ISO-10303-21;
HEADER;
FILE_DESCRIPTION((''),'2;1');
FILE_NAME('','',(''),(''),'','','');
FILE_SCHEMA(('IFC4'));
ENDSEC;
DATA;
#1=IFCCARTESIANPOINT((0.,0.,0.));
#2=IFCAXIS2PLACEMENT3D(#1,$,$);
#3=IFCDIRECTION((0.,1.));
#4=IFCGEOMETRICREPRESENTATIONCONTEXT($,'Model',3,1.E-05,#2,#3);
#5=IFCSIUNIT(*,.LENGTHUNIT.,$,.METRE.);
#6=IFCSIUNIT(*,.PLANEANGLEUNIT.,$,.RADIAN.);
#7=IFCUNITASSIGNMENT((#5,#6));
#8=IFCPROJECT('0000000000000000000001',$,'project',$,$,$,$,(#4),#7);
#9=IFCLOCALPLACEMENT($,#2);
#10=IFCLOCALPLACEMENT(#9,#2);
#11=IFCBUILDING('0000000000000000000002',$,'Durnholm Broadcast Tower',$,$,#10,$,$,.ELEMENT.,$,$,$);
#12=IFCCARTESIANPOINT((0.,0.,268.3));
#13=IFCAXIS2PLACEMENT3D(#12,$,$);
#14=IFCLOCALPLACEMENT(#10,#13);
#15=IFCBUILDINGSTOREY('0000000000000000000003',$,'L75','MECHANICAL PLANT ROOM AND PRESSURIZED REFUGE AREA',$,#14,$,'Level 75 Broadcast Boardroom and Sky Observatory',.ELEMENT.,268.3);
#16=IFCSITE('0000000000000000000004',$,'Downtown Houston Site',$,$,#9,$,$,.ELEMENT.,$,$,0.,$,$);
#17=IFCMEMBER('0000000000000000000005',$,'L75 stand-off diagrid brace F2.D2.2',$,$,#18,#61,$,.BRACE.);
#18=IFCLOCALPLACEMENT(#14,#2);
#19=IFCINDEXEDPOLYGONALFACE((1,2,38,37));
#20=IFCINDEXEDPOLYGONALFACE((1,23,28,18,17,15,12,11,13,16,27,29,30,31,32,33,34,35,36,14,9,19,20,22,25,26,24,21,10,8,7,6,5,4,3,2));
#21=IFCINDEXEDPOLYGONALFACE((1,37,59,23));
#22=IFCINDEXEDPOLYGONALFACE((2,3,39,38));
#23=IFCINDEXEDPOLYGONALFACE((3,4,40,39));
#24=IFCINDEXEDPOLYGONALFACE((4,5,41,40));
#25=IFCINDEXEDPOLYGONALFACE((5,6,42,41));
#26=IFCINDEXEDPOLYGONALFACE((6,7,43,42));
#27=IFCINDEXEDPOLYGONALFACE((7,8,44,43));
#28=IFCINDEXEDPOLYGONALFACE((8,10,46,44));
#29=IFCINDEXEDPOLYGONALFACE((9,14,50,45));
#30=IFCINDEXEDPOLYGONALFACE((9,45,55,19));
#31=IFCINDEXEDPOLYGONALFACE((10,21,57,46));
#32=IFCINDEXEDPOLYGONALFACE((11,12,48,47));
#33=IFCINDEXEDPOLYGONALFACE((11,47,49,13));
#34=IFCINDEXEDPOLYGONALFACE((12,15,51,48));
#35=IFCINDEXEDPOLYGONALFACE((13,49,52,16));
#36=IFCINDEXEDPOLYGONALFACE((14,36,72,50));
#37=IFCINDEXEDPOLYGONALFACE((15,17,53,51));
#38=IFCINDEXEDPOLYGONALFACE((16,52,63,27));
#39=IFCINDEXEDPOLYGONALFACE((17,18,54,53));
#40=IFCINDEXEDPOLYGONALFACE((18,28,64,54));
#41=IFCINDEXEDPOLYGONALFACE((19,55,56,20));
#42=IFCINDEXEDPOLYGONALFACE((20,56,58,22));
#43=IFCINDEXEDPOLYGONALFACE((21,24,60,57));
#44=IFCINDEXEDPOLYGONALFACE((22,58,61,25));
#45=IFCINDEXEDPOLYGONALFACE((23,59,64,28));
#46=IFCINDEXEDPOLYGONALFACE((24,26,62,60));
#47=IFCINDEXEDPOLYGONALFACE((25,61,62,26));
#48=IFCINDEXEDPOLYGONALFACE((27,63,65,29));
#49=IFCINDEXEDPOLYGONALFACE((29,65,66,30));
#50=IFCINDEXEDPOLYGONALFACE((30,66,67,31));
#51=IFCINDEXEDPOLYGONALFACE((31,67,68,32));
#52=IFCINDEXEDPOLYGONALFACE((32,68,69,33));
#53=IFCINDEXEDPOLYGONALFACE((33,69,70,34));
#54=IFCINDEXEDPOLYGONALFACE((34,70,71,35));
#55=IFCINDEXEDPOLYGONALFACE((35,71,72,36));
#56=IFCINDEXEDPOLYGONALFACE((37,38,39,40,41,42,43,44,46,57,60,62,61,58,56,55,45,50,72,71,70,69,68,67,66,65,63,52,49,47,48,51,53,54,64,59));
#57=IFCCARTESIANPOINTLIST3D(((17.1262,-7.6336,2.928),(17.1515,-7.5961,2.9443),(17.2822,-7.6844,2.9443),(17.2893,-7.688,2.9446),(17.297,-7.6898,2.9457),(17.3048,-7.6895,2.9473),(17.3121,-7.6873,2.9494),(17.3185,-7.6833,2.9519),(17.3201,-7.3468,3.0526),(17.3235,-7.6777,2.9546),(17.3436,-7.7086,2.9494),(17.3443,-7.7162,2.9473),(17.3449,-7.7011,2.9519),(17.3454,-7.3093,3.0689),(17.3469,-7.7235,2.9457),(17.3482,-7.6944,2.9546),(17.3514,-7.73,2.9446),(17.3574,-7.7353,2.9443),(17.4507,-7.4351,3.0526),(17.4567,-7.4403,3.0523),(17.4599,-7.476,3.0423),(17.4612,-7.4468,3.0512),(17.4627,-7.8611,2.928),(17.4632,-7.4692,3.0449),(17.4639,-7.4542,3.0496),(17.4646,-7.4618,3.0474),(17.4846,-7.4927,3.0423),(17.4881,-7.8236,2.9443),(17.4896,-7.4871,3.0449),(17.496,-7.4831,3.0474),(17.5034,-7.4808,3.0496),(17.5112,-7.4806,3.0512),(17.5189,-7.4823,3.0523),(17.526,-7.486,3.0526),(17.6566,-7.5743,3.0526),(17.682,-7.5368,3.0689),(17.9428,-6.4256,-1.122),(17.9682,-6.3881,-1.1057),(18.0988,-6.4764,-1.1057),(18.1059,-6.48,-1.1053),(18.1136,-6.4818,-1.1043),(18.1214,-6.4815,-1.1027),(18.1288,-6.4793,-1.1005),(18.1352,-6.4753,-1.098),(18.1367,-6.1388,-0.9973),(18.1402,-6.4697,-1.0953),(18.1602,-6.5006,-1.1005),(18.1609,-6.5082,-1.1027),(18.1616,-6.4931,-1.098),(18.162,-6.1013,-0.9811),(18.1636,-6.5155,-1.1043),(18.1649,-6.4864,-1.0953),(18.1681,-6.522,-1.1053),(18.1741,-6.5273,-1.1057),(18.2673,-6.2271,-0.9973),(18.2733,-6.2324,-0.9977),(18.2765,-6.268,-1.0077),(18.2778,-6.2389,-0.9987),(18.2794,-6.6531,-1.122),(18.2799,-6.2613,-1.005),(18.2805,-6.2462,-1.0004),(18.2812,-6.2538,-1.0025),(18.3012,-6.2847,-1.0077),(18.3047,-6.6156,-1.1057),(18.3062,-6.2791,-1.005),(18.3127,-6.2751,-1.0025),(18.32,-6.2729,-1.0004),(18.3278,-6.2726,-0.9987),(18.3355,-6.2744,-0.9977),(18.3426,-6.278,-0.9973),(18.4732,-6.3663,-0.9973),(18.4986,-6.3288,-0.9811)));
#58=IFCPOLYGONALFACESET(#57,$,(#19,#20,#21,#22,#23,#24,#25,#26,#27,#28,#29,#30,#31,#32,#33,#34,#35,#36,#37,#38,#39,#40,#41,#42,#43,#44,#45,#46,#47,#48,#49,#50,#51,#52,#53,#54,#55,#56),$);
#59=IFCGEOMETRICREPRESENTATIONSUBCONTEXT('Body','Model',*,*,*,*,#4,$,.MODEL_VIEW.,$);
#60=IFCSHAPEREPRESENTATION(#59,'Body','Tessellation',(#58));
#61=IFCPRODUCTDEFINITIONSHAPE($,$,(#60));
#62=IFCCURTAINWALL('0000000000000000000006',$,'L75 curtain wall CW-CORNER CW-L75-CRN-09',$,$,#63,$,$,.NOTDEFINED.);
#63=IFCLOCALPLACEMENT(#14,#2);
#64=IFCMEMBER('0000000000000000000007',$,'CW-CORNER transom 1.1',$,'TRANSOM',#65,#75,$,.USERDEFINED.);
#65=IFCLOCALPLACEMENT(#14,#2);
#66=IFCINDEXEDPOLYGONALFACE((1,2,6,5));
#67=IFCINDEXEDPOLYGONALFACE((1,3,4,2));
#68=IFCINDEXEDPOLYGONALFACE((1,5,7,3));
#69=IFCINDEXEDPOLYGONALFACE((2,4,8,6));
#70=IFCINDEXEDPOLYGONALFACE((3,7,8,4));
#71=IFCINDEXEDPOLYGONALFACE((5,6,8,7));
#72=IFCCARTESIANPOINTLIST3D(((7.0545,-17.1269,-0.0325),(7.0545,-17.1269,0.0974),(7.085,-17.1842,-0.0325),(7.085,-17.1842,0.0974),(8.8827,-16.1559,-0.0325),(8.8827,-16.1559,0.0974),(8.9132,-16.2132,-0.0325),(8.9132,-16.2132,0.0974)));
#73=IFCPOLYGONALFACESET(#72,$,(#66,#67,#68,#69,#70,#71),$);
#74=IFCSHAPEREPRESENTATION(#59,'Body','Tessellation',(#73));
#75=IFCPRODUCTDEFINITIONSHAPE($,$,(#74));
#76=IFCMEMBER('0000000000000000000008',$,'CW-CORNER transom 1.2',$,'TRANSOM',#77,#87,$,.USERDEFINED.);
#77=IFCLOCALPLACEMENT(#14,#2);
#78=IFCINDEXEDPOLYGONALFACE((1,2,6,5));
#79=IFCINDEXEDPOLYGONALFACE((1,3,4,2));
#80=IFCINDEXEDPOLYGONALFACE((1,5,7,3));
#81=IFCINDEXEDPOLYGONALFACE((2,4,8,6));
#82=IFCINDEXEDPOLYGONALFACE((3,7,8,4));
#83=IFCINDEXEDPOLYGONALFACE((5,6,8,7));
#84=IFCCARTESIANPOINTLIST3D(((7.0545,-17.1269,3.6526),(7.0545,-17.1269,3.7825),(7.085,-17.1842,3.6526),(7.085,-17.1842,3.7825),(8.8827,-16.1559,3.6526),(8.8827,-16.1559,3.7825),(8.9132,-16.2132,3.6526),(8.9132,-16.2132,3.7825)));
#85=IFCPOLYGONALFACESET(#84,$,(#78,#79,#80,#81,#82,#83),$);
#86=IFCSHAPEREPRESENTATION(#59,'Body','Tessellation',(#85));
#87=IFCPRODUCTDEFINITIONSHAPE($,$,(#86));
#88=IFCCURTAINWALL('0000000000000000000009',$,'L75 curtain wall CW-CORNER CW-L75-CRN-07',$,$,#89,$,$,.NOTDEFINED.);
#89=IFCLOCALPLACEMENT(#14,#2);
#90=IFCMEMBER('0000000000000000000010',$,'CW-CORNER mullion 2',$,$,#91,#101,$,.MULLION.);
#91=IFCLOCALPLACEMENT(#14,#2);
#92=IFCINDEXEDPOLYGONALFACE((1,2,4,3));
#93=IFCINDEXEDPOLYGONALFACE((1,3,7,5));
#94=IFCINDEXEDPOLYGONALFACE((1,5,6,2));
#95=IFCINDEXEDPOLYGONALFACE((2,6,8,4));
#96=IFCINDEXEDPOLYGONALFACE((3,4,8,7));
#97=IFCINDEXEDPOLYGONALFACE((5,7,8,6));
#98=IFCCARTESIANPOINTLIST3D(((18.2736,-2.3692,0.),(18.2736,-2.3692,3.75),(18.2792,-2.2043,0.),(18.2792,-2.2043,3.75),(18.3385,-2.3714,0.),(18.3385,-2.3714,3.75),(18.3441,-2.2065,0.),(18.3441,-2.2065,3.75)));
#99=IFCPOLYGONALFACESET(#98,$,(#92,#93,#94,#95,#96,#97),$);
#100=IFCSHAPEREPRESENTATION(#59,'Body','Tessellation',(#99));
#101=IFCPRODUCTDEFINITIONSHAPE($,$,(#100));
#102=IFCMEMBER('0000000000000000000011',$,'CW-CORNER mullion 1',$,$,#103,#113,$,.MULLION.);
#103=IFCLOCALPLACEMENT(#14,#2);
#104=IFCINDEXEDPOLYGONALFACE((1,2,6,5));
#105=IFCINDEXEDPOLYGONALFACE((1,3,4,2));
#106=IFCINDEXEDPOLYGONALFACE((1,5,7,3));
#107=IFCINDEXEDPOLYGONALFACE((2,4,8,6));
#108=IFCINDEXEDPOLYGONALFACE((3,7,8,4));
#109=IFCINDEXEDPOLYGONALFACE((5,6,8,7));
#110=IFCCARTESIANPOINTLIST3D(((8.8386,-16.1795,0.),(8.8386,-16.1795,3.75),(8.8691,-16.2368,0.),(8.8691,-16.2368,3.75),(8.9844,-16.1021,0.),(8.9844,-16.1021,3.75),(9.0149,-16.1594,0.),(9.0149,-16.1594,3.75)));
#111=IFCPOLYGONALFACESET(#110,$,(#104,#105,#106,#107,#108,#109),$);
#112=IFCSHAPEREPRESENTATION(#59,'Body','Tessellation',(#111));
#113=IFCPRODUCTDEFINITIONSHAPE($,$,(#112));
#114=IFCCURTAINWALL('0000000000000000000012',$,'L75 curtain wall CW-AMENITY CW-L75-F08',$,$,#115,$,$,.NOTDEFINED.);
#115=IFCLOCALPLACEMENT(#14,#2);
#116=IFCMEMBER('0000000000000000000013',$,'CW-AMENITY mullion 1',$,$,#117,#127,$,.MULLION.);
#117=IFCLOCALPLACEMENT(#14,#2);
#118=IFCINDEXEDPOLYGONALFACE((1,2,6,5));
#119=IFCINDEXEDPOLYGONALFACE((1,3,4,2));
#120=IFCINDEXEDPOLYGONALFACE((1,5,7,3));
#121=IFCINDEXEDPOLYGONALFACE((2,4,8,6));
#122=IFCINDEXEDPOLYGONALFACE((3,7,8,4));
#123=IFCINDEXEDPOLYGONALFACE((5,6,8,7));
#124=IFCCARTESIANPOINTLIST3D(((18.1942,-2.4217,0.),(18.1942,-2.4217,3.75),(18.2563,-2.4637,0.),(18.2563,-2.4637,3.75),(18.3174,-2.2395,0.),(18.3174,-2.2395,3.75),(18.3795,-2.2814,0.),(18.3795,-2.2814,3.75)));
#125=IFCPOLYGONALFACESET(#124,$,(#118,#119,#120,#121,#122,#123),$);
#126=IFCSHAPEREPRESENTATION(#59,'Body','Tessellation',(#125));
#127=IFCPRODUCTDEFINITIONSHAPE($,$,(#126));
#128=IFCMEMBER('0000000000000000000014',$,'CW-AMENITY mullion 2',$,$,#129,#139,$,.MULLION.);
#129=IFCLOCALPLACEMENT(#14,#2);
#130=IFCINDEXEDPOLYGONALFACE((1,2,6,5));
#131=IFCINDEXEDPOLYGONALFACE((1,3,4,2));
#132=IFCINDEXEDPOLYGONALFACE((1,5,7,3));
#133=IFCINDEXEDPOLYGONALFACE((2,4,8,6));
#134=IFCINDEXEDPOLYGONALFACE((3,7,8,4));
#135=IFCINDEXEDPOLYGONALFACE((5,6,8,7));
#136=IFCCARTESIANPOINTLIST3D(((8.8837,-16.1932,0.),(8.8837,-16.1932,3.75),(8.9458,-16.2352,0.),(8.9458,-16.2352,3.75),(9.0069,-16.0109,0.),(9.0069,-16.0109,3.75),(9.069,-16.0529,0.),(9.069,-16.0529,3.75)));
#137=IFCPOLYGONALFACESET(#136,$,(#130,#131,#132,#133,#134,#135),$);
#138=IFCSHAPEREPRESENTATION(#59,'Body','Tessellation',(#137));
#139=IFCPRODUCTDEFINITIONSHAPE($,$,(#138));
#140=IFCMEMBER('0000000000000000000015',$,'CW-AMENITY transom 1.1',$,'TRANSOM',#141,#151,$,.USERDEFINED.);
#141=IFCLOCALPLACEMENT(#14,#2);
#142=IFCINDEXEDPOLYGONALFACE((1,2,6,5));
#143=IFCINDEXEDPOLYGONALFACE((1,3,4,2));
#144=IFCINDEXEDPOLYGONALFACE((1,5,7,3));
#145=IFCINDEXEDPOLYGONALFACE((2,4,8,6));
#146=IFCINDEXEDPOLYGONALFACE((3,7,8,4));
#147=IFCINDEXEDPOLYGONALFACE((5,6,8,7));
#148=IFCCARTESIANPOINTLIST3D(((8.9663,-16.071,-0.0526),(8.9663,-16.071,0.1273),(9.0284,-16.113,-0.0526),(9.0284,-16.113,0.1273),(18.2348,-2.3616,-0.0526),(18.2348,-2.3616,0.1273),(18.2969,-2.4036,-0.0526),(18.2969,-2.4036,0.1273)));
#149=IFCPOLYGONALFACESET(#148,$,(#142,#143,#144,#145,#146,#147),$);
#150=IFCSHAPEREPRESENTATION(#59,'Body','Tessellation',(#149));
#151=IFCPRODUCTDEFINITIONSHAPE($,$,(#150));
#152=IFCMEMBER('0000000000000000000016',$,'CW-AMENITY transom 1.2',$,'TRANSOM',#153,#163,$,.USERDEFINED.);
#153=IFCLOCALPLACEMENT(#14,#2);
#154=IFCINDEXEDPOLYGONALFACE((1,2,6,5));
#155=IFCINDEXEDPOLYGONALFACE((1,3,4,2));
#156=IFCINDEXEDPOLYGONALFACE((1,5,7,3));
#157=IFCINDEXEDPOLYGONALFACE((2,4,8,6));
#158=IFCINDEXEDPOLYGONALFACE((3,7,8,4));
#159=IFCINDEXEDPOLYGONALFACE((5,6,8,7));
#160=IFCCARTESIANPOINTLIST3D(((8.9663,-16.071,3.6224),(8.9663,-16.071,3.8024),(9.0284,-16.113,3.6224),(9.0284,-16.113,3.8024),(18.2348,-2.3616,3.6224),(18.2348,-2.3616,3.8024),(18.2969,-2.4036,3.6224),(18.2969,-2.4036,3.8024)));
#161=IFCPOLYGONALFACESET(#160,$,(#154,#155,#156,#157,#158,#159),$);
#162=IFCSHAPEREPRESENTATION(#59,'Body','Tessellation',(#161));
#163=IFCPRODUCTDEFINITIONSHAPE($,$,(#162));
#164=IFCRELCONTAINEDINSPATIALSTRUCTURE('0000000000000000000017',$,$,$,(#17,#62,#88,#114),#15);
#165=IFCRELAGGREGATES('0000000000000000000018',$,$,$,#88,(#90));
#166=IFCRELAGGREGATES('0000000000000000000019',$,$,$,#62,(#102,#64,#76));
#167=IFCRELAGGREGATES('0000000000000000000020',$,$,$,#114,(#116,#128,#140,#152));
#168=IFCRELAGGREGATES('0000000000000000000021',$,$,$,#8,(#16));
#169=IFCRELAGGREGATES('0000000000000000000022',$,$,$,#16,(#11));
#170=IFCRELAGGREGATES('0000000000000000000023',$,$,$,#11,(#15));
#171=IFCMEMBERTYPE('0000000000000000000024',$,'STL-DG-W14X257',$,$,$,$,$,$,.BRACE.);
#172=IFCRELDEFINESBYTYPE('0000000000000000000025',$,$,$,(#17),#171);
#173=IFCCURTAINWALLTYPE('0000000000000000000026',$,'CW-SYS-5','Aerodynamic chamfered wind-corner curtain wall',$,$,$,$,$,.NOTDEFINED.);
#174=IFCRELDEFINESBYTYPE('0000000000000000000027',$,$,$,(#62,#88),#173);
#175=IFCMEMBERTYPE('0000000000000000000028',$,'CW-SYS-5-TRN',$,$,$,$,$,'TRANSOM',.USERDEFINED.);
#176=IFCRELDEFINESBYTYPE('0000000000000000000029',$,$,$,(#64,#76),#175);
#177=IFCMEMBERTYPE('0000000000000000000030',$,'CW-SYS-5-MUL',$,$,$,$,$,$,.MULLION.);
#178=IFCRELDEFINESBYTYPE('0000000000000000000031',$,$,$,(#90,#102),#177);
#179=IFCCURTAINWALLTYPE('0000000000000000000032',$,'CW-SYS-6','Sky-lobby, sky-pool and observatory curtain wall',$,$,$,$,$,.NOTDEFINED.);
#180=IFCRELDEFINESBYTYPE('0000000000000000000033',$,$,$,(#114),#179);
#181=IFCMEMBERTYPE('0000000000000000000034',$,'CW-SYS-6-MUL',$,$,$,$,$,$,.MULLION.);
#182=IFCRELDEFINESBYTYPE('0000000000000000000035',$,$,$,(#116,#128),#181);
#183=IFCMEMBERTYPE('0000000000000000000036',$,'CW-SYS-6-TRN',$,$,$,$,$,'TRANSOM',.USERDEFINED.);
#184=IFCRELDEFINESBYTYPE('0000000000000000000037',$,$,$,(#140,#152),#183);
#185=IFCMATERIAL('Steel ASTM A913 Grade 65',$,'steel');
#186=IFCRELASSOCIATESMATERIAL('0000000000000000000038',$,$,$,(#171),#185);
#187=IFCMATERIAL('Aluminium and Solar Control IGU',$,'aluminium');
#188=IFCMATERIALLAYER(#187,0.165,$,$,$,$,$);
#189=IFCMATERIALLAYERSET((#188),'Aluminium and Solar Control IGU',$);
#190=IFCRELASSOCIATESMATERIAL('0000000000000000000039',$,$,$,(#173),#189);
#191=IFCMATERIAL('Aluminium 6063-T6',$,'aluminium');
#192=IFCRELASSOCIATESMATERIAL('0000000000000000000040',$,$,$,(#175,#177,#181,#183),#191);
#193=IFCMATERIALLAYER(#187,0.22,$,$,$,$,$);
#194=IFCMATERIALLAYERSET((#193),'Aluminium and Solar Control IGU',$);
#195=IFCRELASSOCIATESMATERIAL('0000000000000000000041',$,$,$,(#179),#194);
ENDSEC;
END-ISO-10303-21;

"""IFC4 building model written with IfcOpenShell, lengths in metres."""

from ifc_helpers import new_model, si_unit, direction, frame, origin, origin_2d, place, context, subcontext, project, spatial, rectangle, i_section, extrude, source, transform, mapped, material, layer, layer_set, material_profile, profile_set, type_object, type_shapes, element, aggregate, save


model = new_model("IFC4")

# Units and contexts
model_context = context("Model", 3, precision=1e-05, world=origin(), true_north=direction((0.0, 1.0)))
body_context = subcontext(model_context, "Body", "Model", "MODEL_VIEW")
ifc_project = project(units=[si_unit("LENGTHUNIT", "METRE"), si_unit("PLANEANGLEUNIT", "RADIAN")], contexts=[model_context])

# Site, building, storey
site_placement = place(None, origin())
site = spatial("IfcSite", under=ifc_project, at=site_placement, Name="Downtown Houston Site", CompositionType="ELEMENT", RefElevation=0.0)
building_placement = place(site_placement, origin())
building = spatial("IfcBuilding", under=site, at=building_placement, Name="Durnholm Broadcast Tower", CompositionType="ELEMENT")
storey_placement = place(building_placement, frame((0.0, 0.0, 268.3)))
storey = spatial("IfcBuildingStorey", under=building, at=storey_placement, Name="L75", Description="MECHANICAL PLANT ROOM AND PRESSURIZED REFUGE AREA", LongName="Level 75 Broadcast Boardroom and Sky Observatory", CompositionType="ELEMENT", Elevation=268.3)

# Member
ifc_material_1 = material(Name="Steel ASTM A913 Grade 65", Category="steel")
ifc_material_profile_1 = material_profile(ifc_material_1, i_section(OverallWidth=0.4062, OverallDepth=0.416, WebThickness=0.0298, FlangeThickness=0.0481, FilletRadius=0.0305, at=origin_2d()), Name="W14X257")
ifc_profile_set_1 = profile_set([ifc_material_profile_1], Name="Steel ASTM A913 Grade 65")
member_type_1 = type_object("IfcMemberType", Name="STL-DG-W14X257", PredefinedType="BRACE", material=ifc_profile_set_1)
shared_shape_1 = source(origin(), body_context, "Body", "SweptSolid", [
    extrude(i_section(OverallWidth=0.4062, OverallDepth=0.416, WebThickness=0.0298, FlangeThickness=0.0481, FilletRadius=0.0305, at=origin_2d()), origin(), (0.0, 0.0, 1.0), 4.3044),
])
for number, where, z_axis, x_axis, name in (
    (1, (18.2207, -6.3772, -1.0515), (-0.189718, -0.280636, 0.940878), (0.828452, -0.560059, 0.0), "L75 stand-off diagrid brace F2.D2.2"),
):
    element("IfcMember", number, at=place(storey_placement, frame(where, z_axis=z_axis, x_axis=x_axis)), inside=storey, type_object=member_type_1, Name=name, PredefinedType="BRACE", context=body_context, shape_type="MappedRepresentation", body=[
        mapped(shared_shape_1, transform((0.0, 0.0, 0.0), x_axis=(1.0, 0.0, 0.0), y_axis=(0.0, 1.0, 0.0), z_axis=(0.0, 0.0, 1.0), scale=1.0)),
    ])

# Curtain wall, members
ifc_material_2 = material(Name="Aluminium and Solar Control IGU", Category="aluminium")
ifc_layer_1 = layer(ifc_material_2, 0.165)
ifc_layer_set_1 = layer_set([ifc_layer_1], Name="Aluminium and Solar Control IGU")
curtain_wall_type_1 = type_object("IfcCurtainWallType", Name="CW-SYS-5", Description="Aerodynamic chamfered wind-corner curtain wall", PredefinedType="NOTDEFINED", material=ifc_layer_set_1)
curtain_wall_1_placement = place(storey_placement, origin())
curtain_wall_1 = element("IfcCurtainWall", 2, at=curtain_wall_1_placement, inside=storey, type_object=curtain_wall_type_1, Name="L75 curtain wall CW-CORNER CW-L75-CRN-09", PredefinedType="NOTDEFINED")
ifc_material_3 = material(Name="Aluminium 6063-T6", Category="aluminium")
ifc_material_profile_2 = material_profile(ifc_material_3, rectangle(XDim=0.0649, YDim=0.1299, at=origin_2d()), Name="CWT65X130")
ifc_profile_set_2 = profile_set([ifc_material_profile_2], Name="Aluminium 6063-T6")
member_type_2 = type_object("IfcMemberType", Name="CW-SYS-5-TRN", ElementType="TRANSOM", PredefinedType="USERDEFINED", material=ifc_profile_set_2)
shared_shape_2 = source(origin(), body_context, "Body", "SweptSolid", [
    extrude(rectangle(XDim=0.0649, YDim=0.1299, at=origin_2d()), origin(), (0.0, 0.0, 1.0), 2.0701),
])
type_shapes(member_type_2, [shared_shape_2])
member_1_placement = place(storey_placement, frame((8.8979, -16.1846, 0.0325), z_axis=(-0.883165, -0.469063, 0.0), x_axis=(0.469063, -0.883165, 0.0)))
member_1 = element("IfcMember", 3, at=member_1_placement, type_object=member_type_2, Name="CW-CORNER transom 1.1", ObjectType="TRANSOM", PredefinedType="USERDEFINED", context=body_context, shape_type="MappedRepresentation", body=[
    mapped(shared_shape_2, transform((0.0, 0.0, 0.0), x_axis=(1.0, 0.0, 0.0), y_axis=(0.0, 1.0, 0.0), z_axis=(0.0, 0.0, 1.0), scale=1.0)),
])
member_2_placement = place(storey_placement, frame((8.8979, -16.1846, 3.7175), z_axis=(-0.883165, -0.469063, 0.0), x_axis=(0.469063, -0.883165, 0.0)))
member_2 = element("IfcMember", 4, at=member_2_placement, type_object=member_type_2, Name="CW-CORNER transom 1.2", ObjectType="TRANSOM", PredefinedType="USERDEFINED", context=body_context, shape_type="MappedRepresentation", body=[
    mapped(shared_shape_2, transform((0.0, 0.0, 0.0), x_axis=(1.0, 0.0, 0.0), y_axis=(0.0, 1.0, 0.0), z_axis=(0.0, 0.0, 1.0), scale=1.0)),
])

# Curtain wall, member
curtain_wall_2_placement = place(storey_placement, origin())
curtain_wall_2 = element("IfcCurtainWall", 5, at=curtain_wall_2_placement, inside=storey, type_object=curtain_wall_type_1, Name="L75 curtain wall CW-CORNER CW-L75-CRN-07", PredefinedType="NOTDEFINED")
ifc_material_profile_3 = material_profile(ifc_material_3, rectangle(XDim=0.0649, YDim=0.165, at=origin_2d()), Name="CWM65X165")
ifc_profile_set_3 = profile_set([ifc_material_profile_3], Name="Aluminium 6063-T6")
member_type_3 = type_object("IfcMemberType", Name="CW-SYS-5-MUL", PredefinedType="MULLION", material=ifc_profile_set_3)
shared_shape_3 = source(origin(), body_context, "Body", "SweptSolid", [
    extrude(rectangle(XDim=0.0649, YDim=0.165, at=origin_2d()), origin(), (0.0, 0.0, 1.0), 3.75),
])
type_shapes(member_type_3, [shared_shape_3])
member_3_placement = place(storey_placement, frame((18.3088, -2.2878, 0.0), z_axis=(0.0, 0.0, 1.0), x_axis=(0.999411, -0.034318, 0.0)))
member_3 = element("IfcMember", 6, at=member_3_placement, type_object=member_type_3, Name="CW-CORNER mullion 2", PredefinedType="MULLION", context=body_context, shape_type="MappedRepresentation", body=[
    mapped(shared_shape_3, transform((0.0, 0.0, 0.0), x_axis=(1.0, 0.0, 0.0), y_axis=(0.0, 1.0, 0.0), z_axis=(0.0, 0.0, 1.0), scale=1.0)),
])
aggregate(curtain_wall_2, [member_3])

# Member
member_4_placement = place(storey_placement, frame((8.9268, -16.1694, 0.0), z_axis=(0.0, 0.0, 1.0), x_axis=(0.469007, -0.883195, 0.0)))
member_4 = element("IfcMember", 7, at=member_4_placement, type_object=member_type_3, Name="CW-CORNER mullion 1", PredefinedType="MULLION", context=body_context, shape_type="MappedRepresentation", body=[
    mapped(shared_shape_3, transform((0.0, 0.0, 0.0), x_axis=(1.0, 0.0, 0.0), y_axis=(0.0, 1.0, 0.0), z_axis=(0.0, 0.0, 1.0), scale=1.0)),
])
aggregate(curtain_wall_1, [member_4, member_1, member_2])

# Curtain wall, members
ifc_layer_2 = layer(ifc_material_2, 0.22)
ifc_layer_set_2 = layer_set([ifc_layer_2], Name="Aluminium and Solar Control IGU")
curtain_wall_type_2 = type_object("IfcCurtainWallType", Name="CW-SYS-6", Description="Sky-lobby, sky-pool and observatory curtain wall", PredefinedType="NOTDEFINED", material=ifc_layer_set_2)
curtain_wall_3_placement = place(storey_placement, origin())
curtain_wall_3 = element("IfcCurtainWall", 8, at=curtain_wall_3_placement, inside=storey, type_object=curtain_wall_type_2, Name="L75 curtain wall CW-AMENITY CW-L75-F08", PredefinedType="NOTDEFINED")
ifc_material_profile_4 = material_profile(ifc_material_3, rectangle(XDim=0.075, YDim=0.22, at=origin_2d()), Name="CWM75X220")
ifc_profile_set_4 = profile_set([ifc_material_profile_4], Name="Aluminium 6063-T6")
member_type_4 = type_object("IfcMemberType", Name="CW-SYS-6-MUL", PredefinedType="MULLION", material=ifc_profile_set_4)
shared_shape_4 = source(origin(), body_context, "Body", "SweptSolid", [
    extrude(rectangle(XDim=0.075, YDim=0.22, at=origin_2d()), origin(), (0.0, 0.0, 1.0), 3.75),
])
type_shapes(member_type_4, [shared_shape_4])
member_5_placement = place(storey_placement, frame((18.2869, -2.3516, 0.0), z_axis=(0.0, 0.0, 1.0), x_axis=(0.828443, -0.560073, 0.0)))
member_5 = element("IfcMember", 9, at=member_5_placement, type_object=member_type_4, Name="CW-AMENITY mullion 1", PredefinedType="MULLION", context=body_context, shape_type="MappedRepresentation", body=[
    mapped(shared_shape_4, transform((0.0, 0.0, 0.0), x_axis=(1.0, 0.0, 0.0), y_axis=(0.0, 1.0, 0.0), z_axis=(0.0, 0.0, 1.0), scale=1.0)),
])
member_6_placement = place(storey_placement, frame((8.9763, -16.123, 0.0), z_axis=(0.0, 0.0, 1.0), x_axis=(0.828443, -0.560073, 0.0)))
member_6 = element("IfcMember", 10, at=member_6_placement, type_object=member_type_4, Name="CW-AMENITY mullion 2", PredefinedType="MULLION", context=body_context, shape_type="MappedRepresentation", body=[
    mapped(shared_shape_4, transform((0.0, 0.0, 0.0), x_axis=(1.0, 0.0, 0.0), y_axis=(0.0, 1.0, 0.0), z_axis=(0.0, 0.0, 1.0), scale=1.0)),
])
ifc_material_profile_5 = material_profile(ifc_material_3, rectangle(XDim=0.075, YDim=0.1799, at=origin_2d()), Name="CWT75X180")
ifc_profile_set_5 = profile_set([ifc_material_profile_5], Name="Aluminium 6063-T6")
member_type_5 = type_object("IfcMemberType", Name="CW-SYS-6-TRN", ElementType="TRANSOM", PredefinedType="USERDEFINED", material=ifc_profile_set_5)
shared_shape_5 = source(origin(), body_context, "Body", "SweptSolid", [
    extrude(rectangle(XDim=0.075, YDim=0.1799, at=origin_2d()), origin(), (0.0, 0.0, 1.0), 16.5486),
])
type_shapes(member_type_5, [shared_shape_5])
member_7_placement = place(storey_placement, frame((18.2659, -2.3826, 0.0374), z_axis=(-0.560081, -0.828438, 0.0), x_axis=(0.828438, -0.560081, 0.0)))
member_7 = element("IfcMember", 11, at=member_7_placement, type_object=member_type_5, Name="CW-AMENITY transom 1.1", ObjectType="TRANSOM", PredefinedType="USERDEFINED", context=body_context, shape_type="MappedRepresentation", body=[
    mapped(shared_shape_5, transform((0.0, 0.0, 0.0), x_axis=(1.0, 0.0, 0.0), y_axis=(0.0, 1.0, 0.0), z_axis=(0.0, 0.0, 1.0), scale=1.0)),
])
member_8_placement = place(storey_placement, frame((18.2659, -2.3826, 3.7124), z_axis=(-0.560081, -0.828438, 0.0), x_axis=(0.828438, -0.560081, 0.0)))
member_8 = element("IfcMember", 12, at=member_8_placement, type_object=member_type_5, Name="CW-AMENITY transom 1.2", ObjectType="TRANSOM", PredefinedType="USERDEFINED", context=body_context, shape_type="MappedRepresentation", body=[
    mapped(shared_shape_5, transform((0.0, 0.0, 0.0), x_axis=(1.0, 0.0, 0.0), y_axis=(0.0, 1.0, 0.0), z_axis=(0.0, 0.0, 1.0), scale=1.0)),
])

aggregate(curtain_wall_3, [member_5, member_6, member_7, member_8])

save(model, "model.ifc")
